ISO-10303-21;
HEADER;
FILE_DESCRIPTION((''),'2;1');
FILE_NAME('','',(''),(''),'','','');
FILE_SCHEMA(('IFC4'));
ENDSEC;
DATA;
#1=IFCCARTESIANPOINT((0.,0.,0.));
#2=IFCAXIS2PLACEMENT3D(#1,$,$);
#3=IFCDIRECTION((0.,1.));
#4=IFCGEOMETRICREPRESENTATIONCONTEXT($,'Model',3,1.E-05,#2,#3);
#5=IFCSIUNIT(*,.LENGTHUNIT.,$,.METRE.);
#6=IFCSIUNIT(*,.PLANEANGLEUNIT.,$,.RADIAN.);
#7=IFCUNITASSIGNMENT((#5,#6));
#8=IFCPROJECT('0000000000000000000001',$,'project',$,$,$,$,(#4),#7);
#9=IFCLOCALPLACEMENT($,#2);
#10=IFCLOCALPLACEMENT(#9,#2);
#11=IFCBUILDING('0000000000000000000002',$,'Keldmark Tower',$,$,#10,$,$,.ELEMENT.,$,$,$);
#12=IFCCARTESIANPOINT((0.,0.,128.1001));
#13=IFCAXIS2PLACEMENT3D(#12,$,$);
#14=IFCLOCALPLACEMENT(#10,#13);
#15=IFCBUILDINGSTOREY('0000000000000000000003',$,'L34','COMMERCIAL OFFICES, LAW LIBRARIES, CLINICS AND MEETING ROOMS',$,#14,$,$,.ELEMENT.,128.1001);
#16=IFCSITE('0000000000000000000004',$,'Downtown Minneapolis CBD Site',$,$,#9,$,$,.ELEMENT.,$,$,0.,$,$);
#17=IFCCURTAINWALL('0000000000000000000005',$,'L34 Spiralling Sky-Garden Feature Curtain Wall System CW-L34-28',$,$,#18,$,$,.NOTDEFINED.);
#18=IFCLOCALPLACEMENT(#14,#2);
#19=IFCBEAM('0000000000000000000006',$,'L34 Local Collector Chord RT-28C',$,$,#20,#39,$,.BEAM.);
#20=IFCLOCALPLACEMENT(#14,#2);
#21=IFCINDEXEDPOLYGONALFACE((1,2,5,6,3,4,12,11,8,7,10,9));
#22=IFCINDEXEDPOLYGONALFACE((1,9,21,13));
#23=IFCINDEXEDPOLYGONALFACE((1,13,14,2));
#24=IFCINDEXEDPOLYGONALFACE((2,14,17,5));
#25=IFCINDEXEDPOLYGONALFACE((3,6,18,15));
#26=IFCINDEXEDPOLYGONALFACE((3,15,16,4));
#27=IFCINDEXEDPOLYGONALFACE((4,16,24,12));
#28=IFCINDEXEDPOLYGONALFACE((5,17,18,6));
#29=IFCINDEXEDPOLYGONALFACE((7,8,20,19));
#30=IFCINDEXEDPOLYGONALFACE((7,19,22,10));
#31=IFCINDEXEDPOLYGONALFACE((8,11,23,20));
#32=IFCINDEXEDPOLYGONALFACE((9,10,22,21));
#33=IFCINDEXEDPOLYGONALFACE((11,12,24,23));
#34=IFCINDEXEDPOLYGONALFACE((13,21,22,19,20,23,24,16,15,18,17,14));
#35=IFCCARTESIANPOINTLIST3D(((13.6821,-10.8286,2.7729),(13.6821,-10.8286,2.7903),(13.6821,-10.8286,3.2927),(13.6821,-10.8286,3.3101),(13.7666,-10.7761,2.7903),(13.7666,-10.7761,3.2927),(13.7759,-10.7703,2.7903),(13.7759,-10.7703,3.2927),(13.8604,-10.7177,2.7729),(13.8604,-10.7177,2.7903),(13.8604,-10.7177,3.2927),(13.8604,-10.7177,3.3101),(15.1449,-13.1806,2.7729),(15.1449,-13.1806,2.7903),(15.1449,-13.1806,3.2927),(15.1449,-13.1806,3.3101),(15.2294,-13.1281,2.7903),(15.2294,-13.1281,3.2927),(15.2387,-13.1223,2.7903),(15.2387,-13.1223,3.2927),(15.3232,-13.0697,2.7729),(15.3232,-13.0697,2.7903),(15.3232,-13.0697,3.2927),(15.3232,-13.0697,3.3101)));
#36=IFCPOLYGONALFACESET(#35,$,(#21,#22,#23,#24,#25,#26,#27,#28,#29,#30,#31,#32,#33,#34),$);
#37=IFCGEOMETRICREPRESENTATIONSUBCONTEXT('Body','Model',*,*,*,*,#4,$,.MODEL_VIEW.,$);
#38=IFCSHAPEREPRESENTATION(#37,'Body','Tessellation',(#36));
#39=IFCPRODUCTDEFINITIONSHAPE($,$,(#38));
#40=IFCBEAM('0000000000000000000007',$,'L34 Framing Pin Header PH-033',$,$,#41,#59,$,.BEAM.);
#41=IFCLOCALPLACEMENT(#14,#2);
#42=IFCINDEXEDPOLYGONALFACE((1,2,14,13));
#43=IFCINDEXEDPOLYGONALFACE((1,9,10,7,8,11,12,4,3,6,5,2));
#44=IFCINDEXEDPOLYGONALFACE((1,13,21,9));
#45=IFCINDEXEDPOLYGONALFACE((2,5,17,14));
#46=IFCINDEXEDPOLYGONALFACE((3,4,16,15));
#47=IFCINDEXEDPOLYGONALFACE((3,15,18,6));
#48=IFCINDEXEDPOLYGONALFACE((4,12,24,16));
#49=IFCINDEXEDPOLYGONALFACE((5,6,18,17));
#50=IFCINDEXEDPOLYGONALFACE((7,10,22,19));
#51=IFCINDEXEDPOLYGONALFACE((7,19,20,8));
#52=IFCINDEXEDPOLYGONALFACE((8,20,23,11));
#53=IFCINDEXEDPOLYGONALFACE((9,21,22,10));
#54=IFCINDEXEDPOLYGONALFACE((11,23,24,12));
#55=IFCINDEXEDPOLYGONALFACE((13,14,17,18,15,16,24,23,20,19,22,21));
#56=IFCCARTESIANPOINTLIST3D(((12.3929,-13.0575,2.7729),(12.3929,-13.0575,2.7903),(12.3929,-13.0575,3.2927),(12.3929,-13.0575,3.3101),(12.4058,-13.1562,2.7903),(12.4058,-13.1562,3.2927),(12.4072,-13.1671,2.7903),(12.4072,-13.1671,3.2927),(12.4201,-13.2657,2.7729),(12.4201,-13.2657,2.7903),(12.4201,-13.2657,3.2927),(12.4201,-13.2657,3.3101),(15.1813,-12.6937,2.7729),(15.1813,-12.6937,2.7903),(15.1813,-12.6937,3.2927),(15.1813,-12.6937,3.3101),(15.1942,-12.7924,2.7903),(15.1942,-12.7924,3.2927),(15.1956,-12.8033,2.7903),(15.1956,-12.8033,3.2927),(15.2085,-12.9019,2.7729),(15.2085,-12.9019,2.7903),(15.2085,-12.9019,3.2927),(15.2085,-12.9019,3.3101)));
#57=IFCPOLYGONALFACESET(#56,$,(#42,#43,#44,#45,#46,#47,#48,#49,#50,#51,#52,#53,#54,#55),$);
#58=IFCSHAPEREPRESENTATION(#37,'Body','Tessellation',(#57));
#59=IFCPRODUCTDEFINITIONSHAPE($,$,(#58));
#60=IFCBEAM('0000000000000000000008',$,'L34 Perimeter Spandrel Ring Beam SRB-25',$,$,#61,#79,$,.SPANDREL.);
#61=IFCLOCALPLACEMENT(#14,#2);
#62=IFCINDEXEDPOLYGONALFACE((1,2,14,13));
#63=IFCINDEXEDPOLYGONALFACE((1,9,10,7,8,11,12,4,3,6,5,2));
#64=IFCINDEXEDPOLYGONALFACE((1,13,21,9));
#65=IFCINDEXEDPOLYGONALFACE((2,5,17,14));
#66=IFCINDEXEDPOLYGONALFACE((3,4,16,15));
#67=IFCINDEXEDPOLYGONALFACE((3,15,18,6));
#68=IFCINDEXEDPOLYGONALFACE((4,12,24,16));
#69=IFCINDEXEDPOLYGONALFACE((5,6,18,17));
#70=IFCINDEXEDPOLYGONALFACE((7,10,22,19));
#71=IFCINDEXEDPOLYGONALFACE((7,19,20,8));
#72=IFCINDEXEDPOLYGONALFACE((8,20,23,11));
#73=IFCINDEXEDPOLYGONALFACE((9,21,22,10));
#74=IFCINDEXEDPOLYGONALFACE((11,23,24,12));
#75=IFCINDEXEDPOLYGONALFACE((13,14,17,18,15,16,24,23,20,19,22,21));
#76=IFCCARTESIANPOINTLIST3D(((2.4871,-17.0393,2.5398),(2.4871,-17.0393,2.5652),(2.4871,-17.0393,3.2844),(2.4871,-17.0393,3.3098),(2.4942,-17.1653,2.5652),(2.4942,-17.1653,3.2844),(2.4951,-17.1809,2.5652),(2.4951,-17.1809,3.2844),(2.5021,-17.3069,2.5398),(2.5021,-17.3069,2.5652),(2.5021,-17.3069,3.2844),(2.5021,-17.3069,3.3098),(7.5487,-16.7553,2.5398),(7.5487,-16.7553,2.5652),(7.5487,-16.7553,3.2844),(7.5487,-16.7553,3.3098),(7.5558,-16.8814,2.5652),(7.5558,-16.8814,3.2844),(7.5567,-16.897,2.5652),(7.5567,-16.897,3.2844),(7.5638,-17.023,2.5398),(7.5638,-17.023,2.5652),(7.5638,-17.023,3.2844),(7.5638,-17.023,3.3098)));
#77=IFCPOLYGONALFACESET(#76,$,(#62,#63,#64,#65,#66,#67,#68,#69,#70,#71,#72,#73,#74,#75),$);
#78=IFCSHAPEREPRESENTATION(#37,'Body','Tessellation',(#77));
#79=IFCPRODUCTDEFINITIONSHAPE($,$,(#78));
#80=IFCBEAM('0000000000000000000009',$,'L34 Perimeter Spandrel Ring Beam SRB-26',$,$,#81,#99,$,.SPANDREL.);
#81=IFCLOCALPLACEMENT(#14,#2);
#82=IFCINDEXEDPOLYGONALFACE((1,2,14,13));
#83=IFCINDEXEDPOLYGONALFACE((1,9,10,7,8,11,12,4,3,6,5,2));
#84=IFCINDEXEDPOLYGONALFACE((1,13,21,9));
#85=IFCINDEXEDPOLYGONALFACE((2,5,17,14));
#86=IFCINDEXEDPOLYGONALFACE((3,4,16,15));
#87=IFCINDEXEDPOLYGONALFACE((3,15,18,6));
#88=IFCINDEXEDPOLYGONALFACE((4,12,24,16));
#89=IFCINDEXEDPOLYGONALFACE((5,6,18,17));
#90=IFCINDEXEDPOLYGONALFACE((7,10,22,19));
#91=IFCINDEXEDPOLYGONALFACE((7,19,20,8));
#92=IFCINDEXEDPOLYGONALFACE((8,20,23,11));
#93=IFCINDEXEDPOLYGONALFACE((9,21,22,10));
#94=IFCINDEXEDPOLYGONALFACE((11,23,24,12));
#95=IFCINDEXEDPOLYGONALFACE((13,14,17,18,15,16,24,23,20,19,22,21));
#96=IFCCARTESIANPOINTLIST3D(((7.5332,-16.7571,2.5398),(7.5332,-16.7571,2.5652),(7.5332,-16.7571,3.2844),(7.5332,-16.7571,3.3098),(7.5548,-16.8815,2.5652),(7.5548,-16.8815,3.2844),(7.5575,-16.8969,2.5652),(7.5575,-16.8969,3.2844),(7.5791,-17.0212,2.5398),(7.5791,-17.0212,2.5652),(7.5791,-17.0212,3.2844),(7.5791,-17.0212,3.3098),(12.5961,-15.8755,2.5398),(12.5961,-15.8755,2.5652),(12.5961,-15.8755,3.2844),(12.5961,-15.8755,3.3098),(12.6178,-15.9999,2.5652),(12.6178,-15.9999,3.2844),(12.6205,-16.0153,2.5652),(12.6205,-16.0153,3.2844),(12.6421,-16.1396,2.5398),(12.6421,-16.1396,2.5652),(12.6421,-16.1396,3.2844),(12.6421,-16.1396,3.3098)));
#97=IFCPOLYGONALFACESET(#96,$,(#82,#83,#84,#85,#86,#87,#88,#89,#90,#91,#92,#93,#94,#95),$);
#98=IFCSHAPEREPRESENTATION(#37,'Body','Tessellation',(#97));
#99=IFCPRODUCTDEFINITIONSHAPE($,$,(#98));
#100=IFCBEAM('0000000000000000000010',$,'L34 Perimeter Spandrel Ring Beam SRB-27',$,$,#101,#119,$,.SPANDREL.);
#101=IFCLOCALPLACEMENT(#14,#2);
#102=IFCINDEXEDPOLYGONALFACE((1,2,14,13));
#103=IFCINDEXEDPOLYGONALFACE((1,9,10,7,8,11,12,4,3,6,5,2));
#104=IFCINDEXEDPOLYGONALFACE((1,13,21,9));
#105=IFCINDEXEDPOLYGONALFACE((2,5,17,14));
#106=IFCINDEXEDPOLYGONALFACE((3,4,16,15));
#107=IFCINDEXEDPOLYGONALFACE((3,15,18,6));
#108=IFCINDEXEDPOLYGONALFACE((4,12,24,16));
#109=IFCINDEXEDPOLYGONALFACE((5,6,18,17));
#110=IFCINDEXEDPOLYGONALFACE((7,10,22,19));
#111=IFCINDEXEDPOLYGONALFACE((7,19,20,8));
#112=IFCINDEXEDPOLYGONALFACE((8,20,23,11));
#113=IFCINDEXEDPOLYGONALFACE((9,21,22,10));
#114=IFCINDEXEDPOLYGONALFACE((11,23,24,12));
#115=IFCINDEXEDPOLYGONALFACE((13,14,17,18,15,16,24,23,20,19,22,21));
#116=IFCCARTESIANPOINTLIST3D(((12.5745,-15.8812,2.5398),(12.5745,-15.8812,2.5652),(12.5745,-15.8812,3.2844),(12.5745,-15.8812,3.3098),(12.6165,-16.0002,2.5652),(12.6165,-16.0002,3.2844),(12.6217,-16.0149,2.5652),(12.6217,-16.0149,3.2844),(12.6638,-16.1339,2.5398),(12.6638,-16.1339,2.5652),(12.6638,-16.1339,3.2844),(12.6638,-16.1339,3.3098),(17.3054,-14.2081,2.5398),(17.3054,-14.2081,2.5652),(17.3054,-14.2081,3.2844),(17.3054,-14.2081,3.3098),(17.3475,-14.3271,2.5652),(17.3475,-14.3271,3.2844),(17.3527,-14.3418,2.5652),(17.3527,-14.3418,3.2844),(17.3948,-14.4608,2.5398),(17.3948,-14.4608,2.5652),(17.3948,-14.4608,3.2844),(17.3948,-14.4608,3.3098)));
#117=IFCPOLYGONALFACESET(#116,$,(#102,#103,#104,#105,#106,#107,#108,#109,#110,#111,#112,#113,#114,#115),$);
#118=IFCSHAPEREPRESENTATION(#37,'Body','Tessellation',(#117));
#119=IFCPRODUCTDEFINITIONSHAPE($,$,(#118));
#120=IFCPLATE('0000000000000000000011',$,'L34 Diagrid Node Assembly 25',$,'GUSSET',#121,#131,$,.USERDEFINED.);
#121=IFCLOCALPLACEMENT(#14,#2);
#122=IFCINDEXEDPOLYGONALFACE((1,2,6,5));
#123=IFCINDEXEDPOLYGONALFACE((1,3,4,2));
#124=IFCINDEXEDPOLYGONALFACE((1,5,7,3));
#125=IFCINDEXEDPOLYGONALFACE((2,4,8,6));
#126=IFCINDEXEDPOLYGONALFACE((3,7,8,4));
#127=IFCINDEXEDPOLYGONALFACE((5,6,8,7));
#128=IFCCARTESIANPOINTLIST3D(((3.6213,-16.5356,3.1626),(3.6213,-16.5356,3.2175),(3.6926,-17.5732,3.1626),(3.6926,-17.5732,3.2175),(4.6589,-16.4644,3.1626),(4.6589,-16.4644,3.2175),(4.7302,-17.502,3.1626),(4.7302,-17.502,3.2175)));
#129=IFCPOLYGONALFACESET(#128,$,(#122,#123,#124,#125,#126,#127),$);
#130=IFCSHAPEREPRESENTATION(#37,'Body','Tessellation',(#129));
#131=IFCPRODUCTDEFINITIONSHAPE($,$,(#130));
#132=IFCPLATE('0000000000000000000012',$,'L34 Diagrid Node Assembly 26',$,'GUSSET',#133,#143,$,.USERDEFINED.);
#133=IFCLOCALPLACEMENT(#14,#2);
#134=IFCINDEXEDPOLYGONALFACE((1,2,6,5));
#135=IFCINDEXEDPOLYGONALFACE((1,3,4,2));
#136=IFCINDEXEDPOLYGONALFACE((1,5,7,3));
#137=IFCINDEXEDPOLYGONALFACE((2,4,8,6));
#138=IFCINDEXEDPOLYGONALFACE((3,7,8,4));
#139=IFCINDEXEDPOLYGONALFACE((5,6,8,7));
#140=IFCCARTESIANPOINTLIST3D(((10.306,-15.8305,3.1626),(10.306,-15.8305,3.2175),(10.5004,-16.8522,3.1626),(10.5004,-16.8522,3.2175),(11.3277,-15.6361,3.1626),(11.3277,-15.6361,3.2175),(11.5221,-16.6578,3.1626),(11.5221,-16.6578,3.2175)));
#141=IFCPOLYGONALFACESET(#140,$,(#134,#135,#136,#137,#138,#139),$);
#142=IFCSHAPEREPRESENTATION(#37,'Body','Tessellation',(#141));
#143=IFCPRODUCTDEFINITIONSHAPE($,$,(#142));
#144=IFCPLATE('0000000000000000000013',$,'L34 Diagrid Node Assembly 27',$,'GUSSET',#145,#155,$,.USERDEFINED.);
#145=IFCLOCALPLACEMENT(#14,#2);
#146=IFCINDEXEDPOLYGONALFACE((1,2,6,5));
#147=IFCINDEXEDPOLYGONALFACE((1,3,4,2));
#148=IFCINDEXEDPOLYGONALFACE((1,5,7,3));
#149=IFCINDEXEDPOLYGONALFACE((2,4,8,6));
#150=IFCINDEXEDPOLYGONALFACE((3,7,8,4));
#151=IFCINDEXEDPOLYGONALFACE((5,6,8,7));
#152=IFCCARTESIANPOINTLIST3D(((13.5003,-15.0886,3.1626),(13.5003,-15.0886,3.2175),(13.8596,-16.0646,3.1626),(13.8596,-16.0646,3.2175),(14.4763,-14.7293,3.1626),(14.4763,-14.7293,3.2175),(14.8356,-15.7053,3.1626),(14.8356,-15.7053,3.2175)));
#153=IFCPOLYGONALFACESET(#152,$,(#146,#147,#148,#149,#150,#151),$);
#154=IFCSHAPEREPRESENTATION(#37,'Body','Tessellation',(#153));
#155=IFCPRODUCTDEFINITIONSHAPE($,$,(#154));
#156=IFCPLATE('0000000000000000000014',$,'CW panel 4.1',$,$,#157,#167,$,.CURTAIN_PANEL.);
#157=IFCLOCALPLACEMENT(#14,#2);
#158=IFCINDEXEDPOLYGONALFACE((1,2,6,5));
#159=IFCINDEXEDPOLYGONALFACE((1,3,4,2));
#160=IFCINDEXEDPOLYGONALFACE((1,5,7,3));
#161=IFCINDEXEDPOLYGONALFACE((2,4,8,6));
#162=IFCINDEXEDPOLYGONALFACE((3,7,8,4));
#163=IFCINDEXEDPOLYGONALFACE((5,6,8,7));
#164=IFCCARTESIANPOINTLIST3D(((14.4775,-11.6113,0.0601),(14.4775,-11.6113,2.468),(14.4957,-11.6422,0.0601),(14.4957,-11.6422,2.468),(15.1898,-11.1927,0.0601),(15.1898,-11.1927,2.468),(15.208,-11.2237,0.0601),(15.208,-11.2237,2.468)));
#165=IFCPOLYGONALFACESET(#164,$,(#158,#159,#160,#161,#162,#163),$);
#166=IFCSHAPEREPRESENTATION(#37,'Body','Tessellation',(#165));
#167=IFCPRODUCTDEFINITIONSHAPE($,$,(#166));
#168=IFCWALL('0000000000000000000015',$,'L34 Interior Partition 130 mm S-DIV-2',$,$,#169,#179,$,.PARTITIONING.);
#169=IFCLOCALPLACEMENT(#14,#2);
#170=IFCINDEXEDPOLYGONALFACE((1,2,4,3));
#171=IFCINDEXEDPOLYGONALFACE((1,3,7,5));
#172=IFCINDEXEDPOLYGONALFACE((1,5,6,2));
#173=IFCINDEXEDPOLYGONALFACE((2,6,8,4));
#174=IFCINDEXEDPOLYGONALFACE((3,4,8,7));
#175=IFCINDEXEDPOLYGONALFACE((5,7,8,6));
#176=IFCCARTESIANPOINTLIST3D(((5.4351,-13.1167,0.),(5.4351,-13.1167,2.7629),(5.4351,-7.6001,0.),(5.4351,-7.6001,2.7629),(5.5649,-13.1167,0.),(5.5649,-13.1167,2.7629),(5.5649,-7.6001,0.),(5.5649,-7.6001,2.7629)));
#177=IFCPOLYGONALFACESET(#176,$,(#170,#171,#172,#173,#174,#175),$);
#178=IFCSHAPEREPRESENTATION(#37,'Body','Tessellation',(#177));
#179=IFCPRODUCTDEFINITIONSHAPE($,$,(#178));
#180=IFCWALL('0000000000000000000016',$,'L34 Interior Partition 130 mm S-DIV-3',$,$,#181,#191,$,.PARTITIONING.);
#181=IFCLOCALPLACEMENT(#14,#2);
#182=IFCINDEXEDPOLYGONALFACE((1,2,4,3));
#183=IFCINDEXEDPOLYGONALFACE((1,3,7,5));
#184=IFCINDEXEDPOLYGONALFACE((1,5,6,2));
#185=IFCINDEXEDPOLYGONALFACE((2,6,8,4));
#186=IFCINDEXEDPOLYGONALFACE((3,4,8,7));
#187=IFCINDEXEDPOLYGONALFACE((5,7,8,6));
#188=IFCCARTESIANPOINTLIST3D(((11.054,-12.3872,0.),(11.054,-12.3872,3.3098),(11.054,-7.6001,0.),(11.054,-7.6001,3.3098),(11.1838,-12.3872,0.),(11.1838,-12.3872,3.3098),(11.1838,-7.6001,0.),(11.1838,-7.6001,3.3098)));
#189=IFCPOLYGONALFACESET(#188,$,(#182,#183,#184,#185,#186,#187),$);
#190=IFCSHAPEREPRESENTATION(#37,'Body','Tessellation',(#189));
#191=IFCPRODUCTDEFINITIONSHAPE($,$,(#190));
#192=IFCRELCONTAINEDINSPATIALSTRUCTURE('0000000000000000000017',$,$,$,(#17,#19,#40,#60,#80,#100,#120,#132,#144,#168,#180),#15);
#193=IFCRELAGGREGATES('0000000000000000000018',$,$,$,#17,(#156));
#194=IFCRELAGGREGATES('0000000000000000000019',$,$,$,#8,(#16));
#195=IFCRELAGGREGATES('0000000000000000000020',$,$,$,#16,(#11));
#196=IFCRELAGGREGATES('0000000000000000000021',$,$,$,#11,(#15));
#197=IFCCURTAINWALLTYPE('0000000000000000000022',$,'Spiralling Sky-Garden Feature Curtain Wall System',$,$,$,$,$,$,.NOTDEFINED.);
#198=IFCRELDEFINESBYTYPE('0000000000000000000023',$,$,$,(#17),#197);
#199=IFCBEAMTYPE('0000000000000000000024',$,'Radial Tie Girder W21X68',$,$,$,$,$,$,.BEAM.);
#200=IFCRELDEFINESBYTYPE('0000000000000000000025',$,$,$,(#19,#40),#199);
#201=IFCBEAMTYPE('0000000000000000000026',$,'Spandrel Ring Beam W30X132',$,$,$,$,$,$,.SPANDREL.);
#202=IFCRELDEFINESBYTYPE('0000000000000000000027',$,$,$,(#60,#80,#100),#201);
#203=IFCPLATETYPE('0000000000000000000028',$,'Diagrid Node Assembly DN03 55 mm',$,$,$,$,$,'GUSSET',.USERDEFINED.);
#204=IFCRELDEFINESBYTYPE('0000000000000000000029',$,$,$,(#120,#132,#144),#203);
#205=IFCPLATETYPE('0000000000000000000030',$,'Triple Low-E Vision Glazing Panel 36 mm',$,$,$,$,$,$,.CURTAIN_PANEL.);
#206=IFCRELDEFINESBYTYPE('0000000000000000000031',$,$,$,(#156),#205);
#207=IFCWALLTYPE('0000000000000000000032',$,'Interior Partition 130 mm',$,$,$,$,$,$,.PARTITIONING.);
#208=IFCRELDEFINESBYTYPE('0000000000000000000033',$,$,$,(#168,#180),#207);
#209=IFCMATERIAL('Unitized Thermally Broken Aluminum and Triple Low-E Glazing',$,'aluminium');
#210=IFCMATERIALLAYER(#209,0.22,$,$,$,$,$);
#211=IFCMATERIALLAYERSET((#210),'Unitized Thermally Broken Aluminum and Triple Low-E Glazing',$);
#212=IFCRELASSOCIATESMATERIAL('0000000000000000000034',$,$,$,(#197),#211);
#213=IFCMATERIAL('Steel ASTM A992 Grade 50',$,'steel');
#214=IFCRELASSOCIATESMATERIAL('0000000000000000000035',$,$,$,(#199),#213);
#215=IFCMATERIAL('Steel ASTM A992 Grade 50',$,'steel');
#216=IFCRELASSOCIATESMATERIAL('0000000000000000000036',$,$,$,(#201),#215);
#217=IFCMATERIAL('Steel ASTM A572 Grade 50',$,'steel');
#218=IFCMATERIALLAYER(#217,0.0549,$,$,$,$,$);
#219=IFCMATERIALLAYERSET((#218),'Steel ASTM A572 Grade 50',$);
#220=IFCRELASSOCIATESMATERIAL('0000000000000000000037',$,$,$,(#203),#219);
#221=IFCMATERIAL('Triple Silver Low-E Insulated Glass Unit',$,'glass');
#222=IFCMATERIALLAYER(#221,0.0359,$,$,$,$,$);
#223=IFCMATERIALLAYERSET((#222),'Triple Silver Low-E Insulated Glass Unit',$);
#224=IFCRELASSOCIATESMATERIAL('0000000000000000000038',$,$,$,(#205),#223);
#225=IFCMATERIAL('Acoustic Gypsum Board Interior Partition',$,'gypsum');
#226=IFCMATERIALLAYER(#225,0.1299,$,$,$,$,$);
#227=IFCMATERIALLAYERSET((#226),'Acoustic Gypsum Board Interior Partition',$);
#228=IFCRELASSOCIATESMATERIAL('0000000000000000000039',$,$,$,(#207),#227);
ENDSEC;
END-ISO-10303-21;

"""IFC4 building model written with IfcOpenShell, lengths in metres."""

from ifc_helpers import new_model, si_unit, direction, frame, frame_2d, origin, origin_2d, place, context, subcontext, project, spatial, rectangle, i_section, extrude, material, layer, layer_set, material_profile, profile_set, type_object, element, aggregate, save


model = new_model("IFC4")

# Units and contexts
model_context = context("Model", 3, precision=1e-05, world=origin(), true_north=direction((0.0, 1.0)))
body_context = subcontext(model_context, "Body", "Model", "MODEL_VIEW")
ifc_project = project(units=[si_unit("LENGTHUNIT", "METRE"), si_unit("PLANEANGLEUNIT", "RADIAN")], contexts=[model_context])

# Site, building, storey
site_placement = place(None, origin())
site = spatial("IfcSite", under=ifc_project, at=site_placement, Name="Downtown Minneapolis CBD Site", CompositionType="ELEMENT", RefElevation=0.0)
building_placement = place(site_placement, origin())
building = spatial("IfcBuilding", under=site, at=building_placement, Name="Keldmark Tower", CompositionType="ELEMENT")
storey_placement = place(building_placement, frame((0.0, 0.0, 128.1001)))
storey = spatial("IfcBuildingStorey", under=building, at=storey_placement, Name="L34", Description="COMMERCIAL OFFICES, LAW LIBRARIES, CLINICS AND MEETING ROOMS", CompositionType="ELEMENT", Elevation=128.1001)

# Curtain wall
ifc_material_1 = material(Name="Unitized Thermally Broken Aluminum and Triple Low-E Glazing", Category="aluminium")
ifc_layer_1 = layer(ifc_material_1, 0.22)
ifc_layer_set_1 = layer_set([ifc_layer_1], Name="Unitized Thermally Broken Aluminum and Triple Low-E Glazing")
curtain_wall_type = type_object("IfcCurtainWallType", Name="Spiralling Sky-Garden Feature Curtain Wall System", PredefinedType="NOTDEFINED", material=ifc_layer_set_1)
curtain_wall_placement = place(storey_placement, origin())
curtain_wall = element("IfcCurtainWall", 1, at=curtain_wall_placement, inside=storey, type_object=curtain_wall_type, Name="L34 Spiralling Sky-Garden Feature Curtain Wall System CW-L34-28", PredefinedType="NOTDEFINED")

# Beams
ifc_material_2 = material(Name="Steel ASTM A992 Grade 50", Category="steel")
ifc_material_profile_1 = material_profile(ifc_material_2, i_section(OverallWidth=0.21, OverallDepth=0.5371, WebThickness=0.011, FlangeThickness=0.0173, at=origin_2d()), Name="W21X68")
ifc_profile_set_1 = profile_set([ifc_material_profile_1], Name="Steel ASTM A992 Grade 50")
beam_type_1 = type_object("IfcBeamType", Name="Radial Tie Girder W21X68", PredefinedType="BEAM", material=ifc_profile_set_1)
beam_1_placement = place(storey_placement, frame((13.7712, -10.7732, 3.0415), z_axis=(0.528144, -0.849155, 0.0), x_axis=(0.849155, 0.528144, 0.0)))
element("IfcBeam", 2, at=beam_1_placement, inside=storey, type_object=beam_type_1, Name="L34 Local Collector Chord RT-28C", PredefinedType="BEAM", context=body_context, shape_type="SweptSolid", body=[
    extrude(i_section(OverallWidth=0.21, OverallDepth=0.5371, WebThickness=0.011, FlangeThickness=0.0173, at=origin_2d()), origin(), (0.0, 0.0, 1.0), 2.7698),
])
beam_2_placement = place(storey_placement, frame((12.4065, -13.1616, 3.0415), z_axis=(0.991597, 0.129365, 0.0), x_axis=(-0.129365, 0.991597, 0.0)))
element("IfcBeam", 3, at=beam_2_placement, inside=storey, type_object=beam_type_1, Name="L34 Framing Pin Header PH-033", PredefinedType="BEAM", context=body_context, shape_type="SweptSolid", body=[
    extrude(i_section(OverallWidth=0.21, OverallDepth=0.5371, WebThickness=0.011, FlangeThickness=0.0173, at=origin_2d()), origin(), (0.0, 0.0, 1.0), 2.812),
])
ifc_material_3 = material(Name="Steel ASTM A992 Grade 50", Category="steel")
ifc_material_profile_2 = material_profile(ifc_material_3, i_section(OverallWidth=0.2681, OverallDepth=0.77, WebThickness=0.0156, FlangeThickness=0.0254, at=origin_2d()), Name="W30X132")
ifc_profile_set_2 = profile_set([ifc_material_profile_2], Name="Steel ASTM A992 Grade 50")
beam_type_2 = type_object("IfcBeamType", Name="Spandrel Ring Beam W30X132", PredefinedType="SPANDREL", material=ifc_profile_set_2)
beam_3_placement = place(storey_placement, frame((2.4946, -17.1731, 2.9248), z_axis=(0.99843, 0.056009, 0.0), x_axis=(-0.056009, 0.99843, 0.0)))
element("IfcBeam", 4, at=beam_3_placement, inside=storey, type_object=beam_type_2, Name="L34 Perimeter Spandrel Ring Beam SRB-25", PredefinedType="SPANDREL", context=body_context, shape_type="SweptSolid", body=[
    extrude(i_section(OverallWidth=0.2681, OverallDepth=0.77, WebThickness=0.0156, FlangeThickness=0.0254, at=origin_2d()), origin(), (0.0, 0.0, 1.0), 5.0696),
])
beam_4_placement = place(storey_placement, frame((7.5562, -16.8892, 2.9248), z_axis=(0.985177, 0.171544, 0.0), x_axis=(-0.171544, 0.985177, 0.0)))
element("IfcBeam", 5, at=beam_4_placement, inside=storey, type_object=beam_type_2, Name="L34 Perimeter Spandrel Ring Beam SRB-26", PredefinedType="SPANDREL", context=body_context, shape_type="SweptSolid", body=[
    extrude(i_section(OverallWidth=0.2681, OverallDepth=0.77, WebThickness=0.0156, FlangeThickness=0.0254, at=origin_2d()), origin(), (0.0, 0.0, 1.0), 5.1392),
])
beam_5_placement = place(storey_placement, frame((12.6191, -16.0076, 2.9248), z_axis=(0.942781, 0.333413, 0.0), x_axis=(-0.333413, 0.942781, 0.0)))
element("IfcBeam", 6, at=beam_5_placement, inside=storey, type_object=beam_type_2, Name="L34 Perimeter Spandrel Ring Beam SRB-27", PredefinedType="SPANDREL", context=body_context, shape_type="SweptSolid", body=[
    extrude(i_section(OverallWidth=0.2681, OverallDepth=0.77, WebThickness=0.0156, FlangeThickness=0.0254, at=origin_2d()), origin(), (0.0, 0.0, 1.0), 5.0181),
])

# Plates
ifc_material_4 = material(Name="Steel ASTM A572 Grade 50", Category="steel")
ifc_layer_2 = layer(ifc_material_4, 0.0549)
ifc_layer_set_2 = layer_set([ifc_layer_2], Name="Steel ASTM A572 Grade 50")
plate_type_1 = type_object("IfcPlateType", Name="Diagrid Node Assembly DN03 55 mm", ElementType="GUSSET", PredefinedType="USERDEFINED", material=ifc_layer_set_2)
for number, where, z_axis, x_axis, name in (
    (7, (4.1758, -17.0188, 3.1626), (0.0, 0.0, 1.0), (0.997649, 0.068538, 0.0), "L34 Diagrid Node Assembly 25"),
    (8, (10.9141, -16.2441, 3.1626), (0.0, 0.0, 1.0), (0.982385, 0.186867, 0.0), "L34 Diagrid Node Assembly 26"),
    (9, (14.168, -15.397, 3.1626), (0.0, 0.0, 1.0), (0.938433, 0.345462, 0.0), "L34 Diagrid Node Assembly 27"),
):
    element("IfcPlate", number, at=place(storey_placement, frame(where, z_axis=z_axis, x_axis=x_axis)), inside=storey, type_object=plate_type_1, Name=name, ObjectType="GUSSET", PredefinedType="USERDEFINED", context=body_context, shape_type="SweptSolid", body=[
        extrude(rectangle(XDim=1.04, YDim=1.04, at=origin_2d()), origin(), (0.0, 0.0, 1.0), 0.0549),
    ])

# Plate
ifc_material_5 = material(Name="Triple Silver Low-E Insulated Glass Unit", Category="glass")
ifc_layer_3 = layer(ifc_material_5, 0.0359)
ifc_layer_set_3 = layer_set([ifc_layer_3], Name="Triple Silver Low-E Insulated Glass Unit")
plate_type_2 = type_object("IfcPlateType", Name="Triple Low-E Vision Glazing Panel 36 mm", PredefinedType="CURTAIN_PANEL", material=ifc_layer_set_3)
plate_placement = place(storey_placement, frame((14.8428, -11.4175, 0.0601), z_axis=(0.0, 0.0, 1.0), x_axis=(-0.862166, -0.506625, 0.0)))
plate = element("IfcPlate", 10, at=plate_placement, type_object=plate_type_2, Name="CW panel 4.1", PredefinedType="CURTAIN_PANEL", context=body_context, shape_type="SweptSolid", body=[
    extrude(rectangle(XDim=0.8262, YDim=0.0359, at=origin_2d()), origin(), (0.0, 0.0, 1.0), 2.408),
])
aggregate(curtain_wall, [plate])

# Walls
ifc_material_6 = material(Name="Acoustic Gypsum Board Interior Partition", Category="gypsum")
ifc_layer_4 = layer(ifc_material_6, 0.1299)
ifc_layer_set_4 = layer_set([ifc_layer_4], Name="Acoustic Gypsum Board Interior Partition")
wall_type_1 = type_object("IfcWallType", Name="Interior Partition 130 mm", PredefinedType="PARTITIONING", material=ifc_layer_set_4)
wall_1_placement = place(storey_placement, frame((5.5, -13.1167, 0.0), z_axis=(0.0, 0.0, 1.0), x_axis=(0.0, 1.0, 0.0)))
element("IfcWall", 11, at=wall_1_placement, inside=storey, type_object=wall_type_1, Name="L34 Interior Partition 130 mm S-DIV-2", PredefinedType="PARTITIONING", context=body_context, shape_type="SweptSolid", body=[
    extrude(rectangle(XDim=5.5166, YDim=0.1299, at=frame_2d((2.7583, 0.0))), origin(), (0.0, 0.0, 1.0), 2.7629),
])
wall_2_placement = place(storey_placement, frame((11.1189, -12.3872, 0.0), z_axis=(0.0, 0.0, 1.0), x_axis=(0.0, 1.0, 0.0)))
element("IfcWall", 12, at=wall_2_placement, inside=storey, type_object=wall_type_1, Name="L34 Interior Partition 130 mm S-DIV-3", PredefinedType="PARTITIONING", context=body_context, shape_type="SweptSolid", body=[
    extrude(rectangle(XDim=4.7871, YDim=0.1299, at=frame_2d((2.3936, 0.0))), origin(), (0.0, 0.0, 1.0), 3.3098),
])

save(model, "model.ifc")
